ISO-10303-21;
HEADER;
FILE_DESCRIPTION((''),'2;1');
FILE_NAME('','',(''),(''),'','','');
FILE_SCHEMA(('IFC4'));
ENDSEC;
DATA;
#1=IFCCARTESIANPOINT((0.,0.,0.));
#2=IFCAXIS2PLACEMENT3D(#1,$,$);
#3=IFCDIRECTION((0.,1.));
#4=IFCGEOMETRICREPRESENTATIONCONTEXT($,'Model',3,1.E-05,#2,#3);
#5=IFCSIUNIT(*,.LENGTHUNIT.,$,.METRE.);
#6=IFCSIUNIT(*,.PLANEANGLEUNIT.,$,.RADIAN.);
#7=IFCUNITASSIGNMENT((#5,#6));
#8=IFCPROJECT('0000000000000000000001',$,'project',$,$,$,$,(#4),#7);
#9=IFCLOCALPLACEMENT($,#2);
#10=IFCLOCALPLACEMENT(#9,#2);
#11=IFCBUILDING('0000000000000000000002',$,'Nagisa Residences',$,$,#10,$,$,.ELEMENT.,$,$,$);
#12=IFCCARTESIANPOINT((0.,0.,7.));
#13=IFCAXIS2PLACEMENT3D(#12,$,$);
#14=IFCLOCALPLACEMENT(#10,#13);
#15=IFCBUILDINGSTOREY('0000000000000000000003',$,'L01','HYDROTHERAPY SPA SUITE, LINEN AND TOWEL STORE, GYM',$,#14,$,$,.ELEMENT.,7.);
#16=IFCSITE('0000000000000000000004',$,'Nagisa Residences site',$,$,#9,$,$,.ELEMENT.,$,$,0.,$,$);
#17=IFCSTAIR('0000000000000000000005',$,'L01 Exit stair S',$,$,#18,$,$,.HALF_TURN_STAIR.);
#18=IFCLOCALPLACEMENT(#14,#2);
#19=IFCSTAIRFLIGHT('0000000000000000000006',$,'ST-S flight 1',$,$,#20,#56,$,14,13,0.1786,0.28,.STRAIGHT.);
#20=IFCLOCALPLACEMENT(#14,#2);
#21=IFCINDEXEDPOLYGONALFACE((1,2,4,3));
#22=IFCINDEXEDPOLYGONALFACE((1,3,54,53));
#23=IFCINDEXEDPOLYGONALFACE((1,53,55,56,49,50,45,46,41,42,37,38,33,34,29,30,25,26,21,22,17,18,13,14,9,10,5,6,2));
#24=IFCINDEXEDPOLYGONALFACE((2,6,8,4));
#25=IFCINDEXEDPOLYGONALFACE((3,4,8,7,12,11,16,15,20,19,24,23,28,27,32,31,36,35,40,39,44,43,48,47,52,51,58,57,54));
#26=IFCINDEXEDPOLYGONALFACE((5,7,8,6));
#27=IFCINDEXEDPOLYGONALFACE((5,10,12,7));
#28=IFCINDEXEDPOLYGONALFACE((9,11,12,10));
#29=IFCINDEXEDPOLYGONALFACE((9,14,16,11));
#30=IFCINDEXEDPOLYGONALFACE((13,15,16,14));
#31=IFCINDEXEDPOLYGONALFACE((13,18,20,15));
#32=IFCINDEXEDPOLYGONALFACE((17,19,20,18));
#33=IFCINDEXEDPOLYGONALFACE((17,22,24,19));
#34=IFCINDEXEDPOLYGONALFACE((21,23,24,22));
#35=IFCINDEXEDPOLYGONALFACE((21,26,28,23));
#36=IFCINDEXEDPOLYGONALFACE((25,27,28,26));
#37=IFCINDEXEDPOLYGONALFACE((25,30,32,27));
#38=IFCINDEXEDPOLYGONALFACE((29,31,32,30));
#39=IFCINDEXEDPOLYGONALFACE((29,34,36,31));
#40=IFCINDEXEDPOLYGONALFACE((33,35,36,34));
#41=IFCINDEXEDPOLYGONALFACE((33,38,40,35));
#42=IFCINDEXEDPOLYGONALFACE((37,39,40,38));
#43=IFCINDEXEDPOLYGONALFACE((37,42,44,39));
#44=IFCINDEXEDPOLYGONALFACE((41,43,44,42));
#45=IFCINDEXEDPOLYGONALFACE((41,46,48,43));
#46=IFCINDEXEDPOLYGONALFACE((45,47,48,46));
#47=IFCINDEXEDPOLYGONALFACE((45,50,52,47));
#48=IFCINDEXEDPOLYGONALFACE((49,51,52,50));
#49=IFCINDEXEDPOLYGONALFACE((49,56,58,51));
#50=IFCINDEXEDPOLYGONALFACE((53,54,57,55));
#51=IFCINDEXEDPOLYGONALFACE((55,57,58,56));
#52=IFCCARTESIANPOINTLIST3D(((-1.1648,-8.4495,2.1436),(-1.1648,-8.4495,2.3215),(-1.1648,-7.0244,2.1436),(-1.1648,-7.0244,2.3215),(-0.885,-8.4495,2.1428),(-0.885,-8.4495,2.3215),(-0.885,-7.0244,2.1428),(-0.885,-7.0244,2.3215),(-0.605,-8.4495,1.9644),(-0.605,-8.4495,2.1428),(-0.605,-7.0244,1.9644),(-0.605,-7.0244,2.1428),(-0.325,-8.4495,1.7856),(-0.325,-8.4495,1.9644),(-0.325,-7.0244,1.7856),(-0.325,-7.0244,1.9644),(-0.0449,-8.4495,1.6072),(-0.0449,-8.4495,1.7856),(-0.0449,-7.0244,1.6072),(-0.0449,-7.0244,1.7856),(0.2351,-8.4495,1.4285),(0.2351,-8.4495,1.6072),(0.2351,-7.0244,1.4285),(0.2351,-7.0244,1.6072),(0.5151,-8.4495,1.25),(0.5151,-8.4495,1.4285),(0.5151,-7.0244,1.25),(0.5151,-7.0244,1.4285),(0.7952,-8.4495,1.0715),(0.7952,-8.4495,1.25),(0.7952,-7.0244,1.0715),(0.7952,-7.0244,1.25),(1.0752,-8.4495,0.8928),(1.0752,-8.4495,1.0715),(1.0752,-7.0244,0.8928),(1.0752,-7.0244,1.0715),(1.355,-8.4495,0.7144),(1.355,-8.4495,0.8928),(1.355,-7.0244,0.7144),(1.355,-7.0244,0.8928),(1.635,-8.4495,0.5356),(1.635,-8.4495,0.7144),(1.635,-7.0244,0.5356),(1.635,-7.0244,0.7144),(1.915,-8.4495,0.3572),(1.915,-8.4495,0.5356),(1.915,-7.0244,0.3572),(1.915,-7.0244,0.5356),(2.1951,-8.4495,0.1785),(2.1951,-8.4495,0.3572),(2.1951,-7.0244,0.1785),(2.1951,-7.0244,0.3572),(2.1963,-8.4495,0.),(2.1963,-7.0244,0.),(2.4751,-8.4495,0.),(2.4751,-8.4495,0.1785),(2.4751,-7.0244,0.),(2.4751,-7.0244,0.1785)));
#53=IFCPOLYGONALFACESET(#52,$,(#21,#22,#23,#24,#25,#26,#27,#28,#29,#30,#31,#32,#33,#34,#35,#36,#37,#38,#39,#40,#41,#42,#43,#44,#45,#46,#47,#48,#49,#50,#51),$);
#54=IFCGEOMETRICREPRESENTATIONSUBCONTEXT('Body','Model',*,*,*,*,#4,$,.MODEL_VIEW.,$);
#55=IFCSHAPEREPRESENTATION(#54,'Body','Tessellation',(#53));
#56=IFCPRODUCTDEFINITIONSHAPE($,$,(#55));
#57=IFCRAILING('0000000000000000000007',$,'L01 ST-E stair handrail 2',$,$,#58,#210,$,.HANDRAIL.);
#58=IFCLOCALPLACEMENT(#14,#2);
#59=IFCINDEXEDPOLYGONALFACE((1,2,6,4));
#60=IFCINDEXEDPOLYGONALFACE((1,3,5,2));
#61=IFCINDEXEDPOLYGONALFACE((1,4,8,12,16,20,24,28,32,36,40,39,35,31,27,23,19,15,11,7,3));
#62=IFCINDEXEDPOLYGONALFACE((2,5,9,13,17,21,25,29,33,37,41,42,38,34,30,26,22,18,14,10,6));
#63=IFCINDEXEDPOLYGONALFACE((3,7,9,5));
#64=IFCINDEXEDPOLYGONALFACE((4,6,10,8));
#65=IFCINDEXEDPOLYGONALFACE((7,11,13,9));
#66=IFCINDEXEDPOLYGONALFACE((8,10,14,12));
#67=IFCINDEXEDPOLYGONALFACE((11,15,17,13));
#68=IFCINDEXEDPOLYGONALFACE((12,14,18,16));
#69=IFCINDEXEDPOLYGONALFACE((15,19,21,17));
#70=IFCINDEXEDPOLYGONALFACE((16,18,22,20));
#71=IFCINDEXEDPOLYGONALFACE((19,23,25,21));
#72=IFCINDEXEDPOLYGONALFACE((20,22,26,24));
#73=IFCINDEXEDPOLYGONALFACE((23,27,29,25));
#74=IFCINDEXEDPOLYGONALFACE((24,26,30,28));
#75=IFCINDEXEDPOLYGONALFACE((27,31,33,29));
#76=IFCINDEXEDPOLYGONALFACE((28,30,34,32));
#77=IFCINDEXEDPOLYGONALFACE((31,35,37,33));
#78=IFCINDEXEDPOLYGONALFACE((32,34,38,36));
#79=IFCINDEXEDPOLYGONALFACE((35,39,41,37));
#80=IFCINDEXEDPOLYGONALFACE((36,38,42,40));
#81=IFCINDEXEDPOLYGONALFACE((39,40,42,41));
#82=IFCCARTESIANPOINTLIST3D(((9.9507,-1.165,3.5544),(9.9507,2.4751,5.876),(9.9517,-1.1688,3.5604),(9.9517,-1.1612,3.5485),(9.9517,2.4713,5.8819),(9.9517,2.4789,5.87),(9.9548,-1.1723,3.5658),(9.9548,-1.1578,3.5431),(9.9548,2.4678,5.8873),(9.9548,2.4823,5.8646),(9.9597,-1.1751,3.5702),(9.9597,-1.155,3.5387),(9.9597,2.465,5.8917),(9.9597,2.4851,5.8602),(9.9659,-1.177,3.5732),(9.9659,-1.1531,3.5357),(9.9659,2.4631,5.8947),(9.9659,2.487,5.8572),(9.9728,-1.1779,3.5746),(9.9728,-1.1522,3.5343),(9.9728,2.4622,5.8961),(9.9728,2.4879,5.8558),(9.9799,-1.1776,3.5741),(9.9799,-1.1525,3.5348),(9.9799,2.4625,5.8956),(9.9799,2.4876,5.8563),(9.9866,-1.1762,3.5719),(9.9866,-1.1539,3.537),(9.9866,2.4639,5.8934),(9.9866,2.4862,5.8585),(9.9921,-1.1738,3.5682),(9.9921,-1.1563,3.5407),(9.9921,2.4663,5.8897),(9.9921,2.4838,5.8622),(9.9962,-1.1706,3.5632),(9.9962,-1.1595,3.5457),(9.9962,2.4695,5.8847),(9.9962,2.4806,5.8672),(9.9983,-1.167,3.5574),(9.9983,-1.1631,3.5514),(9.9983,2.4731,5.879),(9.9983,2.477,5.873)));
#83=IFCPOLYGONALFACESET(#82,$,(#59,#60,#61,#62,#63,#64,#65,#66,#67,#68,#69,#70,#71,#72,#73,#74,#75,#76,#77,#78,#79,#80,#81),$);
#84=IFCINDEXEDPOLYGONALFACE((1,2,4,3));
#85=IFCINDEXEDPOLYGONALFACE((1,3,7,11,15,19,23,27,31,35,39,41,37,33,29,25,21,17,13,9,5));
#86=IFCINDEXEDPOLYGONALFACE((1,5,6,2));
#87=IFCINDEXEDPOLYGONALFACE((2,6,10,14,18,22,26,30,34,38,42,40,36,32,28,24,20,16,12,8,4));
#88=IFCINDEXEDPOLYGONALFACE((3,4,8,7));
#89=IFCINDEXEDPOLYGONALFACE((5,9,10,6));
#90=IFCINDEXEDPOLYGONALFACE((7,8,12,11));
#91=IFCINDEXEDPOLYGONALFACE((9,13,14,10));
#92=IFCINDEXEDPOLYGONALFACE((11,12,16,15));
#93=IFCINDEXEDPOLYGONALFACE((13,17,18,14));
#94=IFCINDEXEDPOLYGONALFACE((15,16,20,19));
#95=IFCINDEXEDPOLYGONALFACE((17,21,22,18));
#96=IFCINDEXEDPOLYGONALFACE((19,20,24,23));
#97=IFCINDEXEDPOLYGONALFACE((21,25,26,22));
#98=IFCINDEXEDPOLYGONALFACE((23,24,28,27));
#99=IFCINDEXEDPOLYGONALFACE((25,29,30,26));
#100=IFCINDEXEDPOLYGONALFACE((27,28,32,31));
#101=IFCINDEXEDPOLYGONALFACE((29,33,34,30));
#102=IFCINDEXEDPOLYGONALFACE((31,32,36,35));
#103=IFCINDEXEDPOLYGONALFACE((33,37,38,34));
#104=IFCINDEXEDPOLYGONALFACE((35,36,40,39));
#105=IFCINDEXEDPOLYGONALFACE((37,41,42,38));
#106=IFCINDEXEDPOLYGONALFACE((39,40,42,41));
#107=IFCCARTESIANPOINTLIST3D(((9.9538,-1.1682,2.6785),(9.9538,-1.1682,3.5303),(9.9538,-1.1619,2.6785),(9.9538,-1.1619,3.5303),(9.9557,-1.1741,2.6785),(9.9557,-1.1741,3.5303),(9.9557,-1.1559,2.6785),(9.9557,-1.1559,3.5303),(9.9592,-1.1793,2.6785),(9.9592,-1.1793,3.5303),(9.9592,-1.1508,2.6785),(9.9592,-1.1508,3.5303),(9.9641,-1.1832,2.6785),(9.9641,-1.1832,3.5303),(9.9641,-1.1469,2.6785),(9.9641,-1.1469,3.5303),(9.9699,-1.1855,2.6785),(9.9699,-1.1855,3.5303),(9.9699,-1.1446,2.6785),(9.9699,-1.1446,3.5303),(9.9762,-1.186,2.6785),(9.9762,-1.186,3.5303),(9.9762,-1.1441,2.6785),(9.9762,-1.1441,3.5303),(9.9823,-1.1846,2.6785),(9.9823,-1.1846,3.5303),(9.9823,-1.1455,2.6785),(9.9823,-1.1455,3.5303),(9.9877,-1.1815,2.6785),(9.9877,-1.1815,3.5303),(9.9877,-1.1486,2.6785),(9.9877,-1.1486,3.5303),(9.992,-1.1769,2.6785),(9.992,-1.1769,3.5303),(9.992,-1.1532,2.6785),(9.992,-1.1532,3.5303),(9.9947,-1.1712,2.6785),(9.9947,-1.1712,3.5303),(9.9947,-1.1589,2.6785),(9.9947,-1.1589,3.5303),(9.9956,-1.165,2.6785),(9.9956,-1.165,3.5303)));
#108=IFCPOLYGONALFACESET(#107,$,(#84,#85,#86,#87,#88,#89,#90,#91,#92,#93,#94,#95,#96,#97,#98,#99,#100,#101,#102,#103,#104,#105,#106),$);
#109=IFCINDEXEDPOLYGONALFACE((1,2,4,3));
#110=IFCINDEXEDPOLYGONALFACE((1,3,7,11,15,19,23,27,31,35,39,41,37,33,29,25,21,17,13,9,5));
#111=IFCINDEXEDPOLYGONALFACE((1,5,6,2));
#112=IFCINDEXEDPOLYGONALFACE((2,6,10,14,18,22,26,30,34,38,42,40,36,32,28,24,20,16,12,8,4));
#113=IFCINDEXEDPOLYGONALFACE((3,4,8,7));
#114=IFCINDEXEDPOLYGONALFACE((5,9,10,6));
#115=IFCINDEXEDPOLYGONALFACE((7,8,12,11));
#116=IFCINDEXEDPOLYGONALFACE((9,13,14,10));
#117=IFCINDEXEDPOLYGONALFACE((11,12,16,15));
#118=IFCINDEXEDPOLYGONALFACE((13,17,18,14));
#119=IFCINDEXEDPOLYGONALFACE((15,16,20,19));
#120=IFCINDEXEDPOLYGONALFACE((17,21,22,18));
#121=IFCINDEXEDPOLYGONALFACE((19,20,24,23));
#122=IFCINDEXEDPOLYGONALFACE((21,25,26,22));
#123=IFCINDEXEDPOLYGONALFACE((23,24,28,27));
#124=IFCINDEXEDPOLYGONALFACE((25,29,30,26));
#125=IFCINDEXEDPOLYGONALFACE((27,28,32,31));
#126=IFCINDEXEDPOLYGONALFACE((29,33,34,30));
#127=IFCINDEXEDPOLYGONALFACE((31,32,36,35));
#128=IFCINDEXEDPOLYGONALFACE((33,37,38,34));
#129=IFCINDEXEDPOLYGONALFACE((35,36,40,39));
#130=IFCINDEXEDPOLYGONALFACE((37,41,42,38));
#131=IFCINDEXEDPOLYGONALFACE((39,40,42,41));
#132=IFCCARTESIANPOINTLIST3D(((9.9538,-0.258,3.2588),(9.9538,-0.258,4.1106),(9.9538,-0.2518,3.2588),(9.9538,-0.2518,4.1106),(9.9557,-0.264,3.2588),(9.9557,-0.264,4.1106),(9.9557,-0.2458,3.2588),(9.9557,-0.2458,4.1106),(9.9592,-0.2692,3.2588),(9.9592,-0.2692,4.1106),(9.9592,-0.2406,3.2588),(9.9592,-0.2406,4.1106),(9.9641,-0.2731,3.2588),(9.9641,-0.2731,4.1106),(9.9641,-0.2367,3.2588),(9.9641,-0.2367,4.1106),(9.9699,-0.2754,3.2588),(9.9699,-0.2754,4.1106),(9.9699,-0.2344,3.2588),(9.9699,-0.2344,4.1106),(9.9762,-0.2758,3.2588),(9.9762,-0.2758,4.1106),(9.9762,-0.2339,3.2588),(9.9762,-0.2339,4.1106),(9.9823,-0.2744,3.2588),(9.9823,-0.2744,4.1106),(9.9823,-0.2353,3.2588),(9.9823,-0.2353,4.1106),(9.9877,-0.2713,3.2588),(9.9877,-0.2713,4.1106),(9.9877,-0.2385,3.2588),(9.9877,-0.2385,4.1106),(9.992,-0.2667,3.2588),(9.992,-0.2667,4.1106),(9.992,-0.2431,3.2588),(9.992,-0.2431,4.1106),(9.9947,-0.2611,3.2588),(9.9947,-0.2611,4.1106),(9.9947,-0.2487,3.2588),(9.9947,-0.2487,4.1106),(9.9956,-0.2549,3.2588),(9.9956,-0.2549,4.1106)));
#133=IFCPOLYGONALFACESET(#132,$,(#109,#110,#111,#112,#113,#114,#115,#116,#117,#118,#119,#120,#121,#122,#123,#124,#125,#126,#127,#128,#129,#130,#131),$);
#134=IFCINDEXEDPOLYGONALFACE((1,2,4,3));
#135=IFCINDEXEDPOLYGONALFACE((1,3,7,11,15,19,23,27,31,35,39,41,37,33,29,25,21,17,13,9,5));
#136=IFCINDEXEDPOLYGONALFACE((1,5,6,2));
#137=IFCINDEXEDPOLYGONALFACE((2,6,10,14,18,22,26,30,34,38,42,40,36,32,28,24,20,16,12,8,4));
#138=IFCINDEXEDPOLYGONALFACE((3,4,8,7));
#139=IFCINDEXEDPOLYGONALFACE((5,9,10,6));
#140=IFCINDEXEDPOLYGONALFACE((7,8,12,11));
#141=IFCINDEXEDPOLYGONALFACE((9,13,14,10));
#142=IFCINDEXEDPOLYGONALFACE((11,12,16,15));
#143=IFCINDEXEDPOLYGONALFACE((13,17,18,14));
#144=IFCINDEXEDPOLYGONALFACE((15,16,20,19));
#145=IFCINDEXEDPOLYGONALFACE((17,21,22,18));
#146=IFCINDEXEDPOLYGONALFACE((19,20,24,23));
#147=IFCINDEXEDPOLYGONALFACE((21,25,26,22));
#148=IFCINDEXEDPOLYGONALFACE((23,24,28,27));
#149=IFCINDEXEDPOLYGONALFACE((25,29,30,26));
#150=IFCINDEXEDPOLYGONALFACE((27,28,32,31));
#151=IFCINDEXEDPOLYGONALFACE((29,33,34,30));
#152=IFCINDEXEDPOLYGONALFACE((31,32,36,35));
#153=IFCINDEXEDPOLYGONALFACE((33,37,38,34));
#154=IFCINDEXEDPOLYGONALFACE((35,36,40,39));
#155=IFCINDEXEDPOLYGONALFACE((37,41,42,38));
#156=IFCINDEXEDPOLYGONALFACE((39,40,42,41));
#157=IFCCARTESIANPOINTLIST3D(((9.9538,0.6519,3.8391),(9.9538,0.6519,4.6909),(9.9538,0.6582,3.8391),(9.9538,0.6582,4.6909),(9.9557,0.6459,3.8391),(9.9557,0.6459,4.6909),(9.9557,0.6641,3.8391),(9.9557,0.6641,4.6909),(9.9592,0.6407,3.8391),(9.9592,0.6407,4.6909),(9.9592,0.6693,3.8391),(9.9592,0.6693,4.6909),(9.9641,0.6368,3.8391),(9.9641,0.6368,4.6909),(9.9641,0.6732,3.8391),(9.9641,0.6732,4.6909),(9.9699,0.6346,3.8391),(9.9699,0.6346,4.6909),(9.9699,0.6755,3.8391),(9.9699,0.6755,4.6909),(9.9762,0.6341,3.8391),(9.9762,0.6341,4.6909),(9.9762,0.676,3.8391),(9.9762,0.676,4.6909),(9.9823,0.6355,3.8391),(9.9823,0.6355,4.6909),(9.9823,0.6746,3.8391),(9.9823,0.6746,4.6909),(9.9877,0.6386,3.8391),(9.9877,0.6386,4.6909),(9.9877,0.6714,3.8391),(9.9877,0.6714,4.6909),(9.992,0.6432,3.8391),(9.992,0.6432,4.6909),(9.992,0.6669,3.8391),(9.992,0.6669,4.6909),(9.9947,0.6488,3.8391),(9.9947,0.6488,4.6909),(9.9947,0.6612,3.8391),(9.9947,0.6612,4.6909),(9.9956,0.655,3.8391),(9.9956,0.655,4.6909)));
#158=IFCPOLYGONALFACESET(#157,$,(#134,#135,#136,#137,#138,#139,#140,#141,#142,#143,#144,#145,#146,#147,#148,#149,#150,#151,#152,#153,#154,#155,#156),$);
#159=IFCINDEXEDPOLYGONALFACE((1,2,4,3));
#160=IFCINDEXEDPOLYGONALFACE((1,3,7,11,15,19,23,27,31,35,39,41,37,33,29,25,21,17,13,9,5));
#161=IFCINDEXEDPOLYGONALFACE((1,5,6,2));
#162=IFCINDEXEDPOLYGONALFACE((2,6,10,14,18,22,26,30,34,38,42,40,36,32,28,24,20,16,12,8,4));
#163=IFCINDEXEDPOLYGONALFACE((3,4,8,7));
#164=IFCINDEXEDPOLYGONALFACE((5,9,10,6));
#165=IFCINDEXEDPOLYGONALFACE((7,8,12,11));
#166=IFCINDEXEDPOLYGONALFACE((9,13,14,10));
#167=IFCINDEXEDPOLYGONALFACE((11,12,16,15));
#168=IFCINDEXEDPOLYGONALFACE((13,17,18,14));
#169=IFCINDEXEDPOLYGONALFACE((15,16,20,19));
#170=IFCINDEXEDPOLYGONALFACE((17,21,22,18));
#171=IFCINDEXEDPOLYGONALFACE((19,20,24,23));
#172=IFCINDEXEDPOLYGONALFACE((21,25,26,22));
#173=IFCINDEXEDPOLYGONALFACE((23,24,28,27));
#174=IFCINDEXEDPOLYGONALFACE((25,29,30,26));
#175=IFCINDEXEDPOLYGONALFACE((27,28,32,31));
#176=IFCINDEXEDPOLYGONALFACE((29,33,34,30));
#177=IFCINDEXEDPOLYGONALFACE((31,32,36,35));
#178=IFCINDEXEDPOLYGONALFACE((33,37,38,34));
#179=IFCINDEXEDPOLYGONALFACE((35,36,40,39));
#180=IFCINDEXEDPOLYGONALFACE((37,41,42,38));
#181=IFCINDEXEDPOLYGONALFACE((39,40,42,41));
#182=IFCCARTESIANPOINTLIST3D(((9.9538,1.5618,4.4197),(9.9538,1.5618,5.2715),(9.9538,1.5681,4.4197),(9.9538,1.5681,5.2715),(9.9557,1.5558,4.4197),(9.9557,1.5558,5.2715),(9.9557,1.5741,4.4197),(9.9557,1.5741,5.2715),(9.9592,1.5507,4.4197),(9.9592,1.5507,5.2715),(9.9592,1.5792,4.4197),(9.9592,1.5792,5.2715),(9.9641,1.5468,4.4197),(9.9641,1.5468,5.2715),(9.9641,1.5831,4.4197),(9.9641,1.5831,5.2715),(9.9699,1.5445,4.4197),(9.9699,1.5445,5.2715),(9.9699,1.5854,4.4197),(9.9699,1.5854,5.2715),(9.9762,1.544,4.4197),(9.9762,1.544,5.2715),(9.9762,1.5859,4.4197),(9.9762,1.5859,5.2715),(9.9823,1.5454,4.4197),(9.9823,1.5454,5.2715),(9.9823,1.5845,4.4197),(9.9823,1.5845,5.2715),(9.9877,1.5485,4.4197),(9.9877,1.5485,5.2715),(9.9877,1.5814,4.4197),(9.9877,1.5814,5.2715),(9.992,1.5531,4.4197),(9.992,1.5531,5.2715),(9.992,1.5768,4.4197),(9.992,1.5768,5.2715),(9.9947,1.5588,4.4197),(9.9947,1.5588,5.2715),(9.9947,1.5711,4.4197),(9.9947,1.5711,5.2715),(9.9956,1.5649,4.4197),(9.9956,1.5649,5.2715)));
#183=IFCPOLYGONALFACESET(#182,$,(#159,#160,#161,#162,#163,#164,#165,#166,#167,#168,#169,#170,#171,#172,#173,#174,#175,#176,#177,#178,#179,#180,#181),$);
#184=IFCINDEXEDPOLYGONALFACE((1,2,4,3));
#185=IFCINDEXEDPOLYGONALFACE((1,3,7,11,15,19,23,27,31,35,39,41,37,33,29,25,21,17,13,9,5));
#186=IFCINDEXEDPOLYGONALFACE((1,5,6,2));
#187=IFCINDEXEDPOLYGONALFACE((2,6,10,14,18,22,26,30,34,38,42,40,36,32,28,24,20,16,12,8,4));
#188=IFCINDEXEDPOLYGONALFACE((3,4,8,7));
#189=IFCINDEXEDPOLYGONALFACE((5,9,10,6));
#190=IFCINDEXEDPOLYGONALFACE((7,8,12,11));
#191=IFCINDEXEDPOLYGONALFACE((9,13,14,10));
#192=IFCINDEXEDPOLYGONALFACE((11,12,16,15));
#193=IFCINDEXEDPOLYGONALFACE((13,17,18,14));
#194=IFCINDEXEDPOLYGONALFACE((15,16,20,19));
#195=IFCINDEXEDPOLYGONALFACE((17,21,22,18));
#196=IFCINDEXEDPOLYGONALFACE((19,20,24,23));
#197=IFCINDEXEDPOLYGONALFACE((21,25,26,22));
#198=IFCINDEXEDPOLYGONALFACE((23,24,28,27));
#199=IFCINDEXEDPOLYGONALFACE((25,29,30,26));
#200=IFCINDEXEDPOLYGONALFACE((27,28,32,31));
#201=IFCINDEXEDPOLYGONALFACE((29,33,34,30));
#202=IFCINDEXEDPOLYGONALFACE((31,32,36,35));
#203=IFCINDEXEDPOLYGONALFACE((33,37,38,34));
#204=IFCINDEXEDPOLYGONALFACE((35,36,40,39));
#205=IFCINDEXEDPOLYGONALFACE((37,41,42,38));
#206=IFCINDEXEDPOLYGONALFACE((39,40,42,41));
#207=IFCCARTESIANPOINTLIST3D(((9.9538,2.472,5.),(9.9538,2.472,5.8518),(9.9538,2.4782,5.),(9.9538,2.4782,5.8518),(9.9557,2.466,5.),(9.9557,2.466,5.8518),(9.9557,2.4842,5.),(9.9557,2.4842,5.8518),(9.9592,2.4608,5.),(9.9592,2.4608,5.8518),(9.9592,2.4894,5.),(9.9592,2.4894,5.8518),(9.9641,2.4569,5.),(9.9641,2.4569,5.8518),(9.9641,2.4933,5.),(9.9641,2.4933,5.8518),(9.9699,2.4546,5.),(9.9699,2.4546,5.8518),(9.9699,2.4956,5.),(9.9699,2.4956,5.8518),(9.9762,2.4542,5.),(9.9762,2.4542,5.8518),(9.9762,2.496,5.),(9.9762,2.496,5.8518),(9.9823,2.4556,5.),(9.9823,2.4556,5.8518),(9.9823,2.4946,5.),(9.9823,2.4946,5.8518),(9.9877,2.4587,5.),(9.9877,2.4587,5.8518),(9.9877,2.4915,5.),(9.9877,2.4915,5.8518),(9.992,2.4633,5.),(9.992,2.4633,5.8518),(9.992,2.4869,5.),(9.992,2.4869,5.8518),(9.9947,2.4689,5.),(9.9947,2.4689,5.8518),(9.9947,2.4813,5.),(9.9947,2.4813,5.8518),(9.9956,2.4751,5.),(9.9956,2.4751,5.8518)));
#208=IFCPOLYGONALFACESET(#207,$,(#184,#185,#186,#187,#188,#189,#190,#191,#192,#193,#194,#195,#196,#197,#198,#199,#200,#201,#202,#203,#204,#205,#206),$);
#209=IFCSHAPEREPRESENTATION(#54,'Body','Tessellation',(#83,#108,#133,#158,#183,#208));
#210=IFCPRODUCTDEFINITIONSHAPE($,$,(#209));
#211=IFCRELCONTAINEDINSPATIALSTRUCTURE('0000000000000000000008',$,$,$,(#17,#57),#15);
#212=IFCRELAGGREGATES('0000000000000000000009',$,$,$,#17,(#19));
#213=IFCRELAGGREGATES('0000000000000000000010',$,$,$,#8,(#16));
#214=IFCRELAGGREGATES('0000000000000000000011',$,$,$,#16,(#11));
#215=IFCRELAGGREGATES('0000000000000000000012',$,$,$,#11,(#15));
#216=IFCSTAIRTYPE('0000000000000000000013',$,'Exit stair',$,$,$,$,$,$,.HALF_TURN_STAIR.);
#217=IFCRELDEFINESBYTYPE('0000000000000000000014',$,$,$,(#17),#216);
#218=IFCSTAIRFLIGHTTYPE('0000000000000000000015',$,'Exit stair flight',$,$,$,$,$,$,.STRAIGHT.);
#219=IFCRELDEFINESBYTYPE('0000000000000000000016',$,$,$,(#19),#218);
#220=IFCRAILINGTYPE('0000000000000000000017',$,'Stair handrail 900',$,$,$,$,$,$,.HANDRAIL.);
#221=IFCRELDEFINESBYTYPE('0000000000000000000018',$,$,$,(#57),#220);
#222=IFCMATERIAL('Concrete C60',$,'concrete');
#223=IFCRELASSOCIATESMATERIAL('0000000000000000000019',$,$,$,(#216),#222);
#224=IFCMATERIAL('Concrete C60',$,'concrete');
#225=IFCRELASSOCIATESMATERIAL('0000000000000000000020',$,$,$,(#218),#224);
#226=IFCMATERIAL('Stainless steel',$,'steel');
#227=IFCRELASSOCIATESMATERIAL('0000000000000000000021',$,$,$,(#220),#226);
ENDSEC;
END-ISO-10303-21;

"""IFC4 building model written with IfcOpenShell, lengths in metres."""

from ifc_helpers import new_model, si_unit, direction, frame, origin, origin_2d, place, context, subcontext, project, spatial, polyline, circle, outline, extrude, material, type_object, element, aggregate, save


model = new_model("IFC4")

# Units and contexts
model_context = context("Model", 3, precision=1e-05, world=origin(), true_north=direction((0.0, 1.0)))
body_context = subcontext(model_context, "Body", "Model", "MODEL_VIEW")
ifc_project = project(units=[si_unit("LENGTHUNIT", "METRE"), si_unit("PLANEANGLEUNIT", "RADIAN")], contexts=[model_context])

# Site, building, storey
site_placement = place(None, origin())
site = spatial("IfcSite", under=ifc_project, at=site_placement, Name="Nagisa Residences site", CompositionType="ELEMENT", RefElevation=0.0)
building_placement = place(site_placement, origin())
building = spatial("IfcBuilding", under=site, at=building_placement, Name="Nagisa Residences", CompositionType="ELEMENT")
storey_placement = place(building_placement, frame((0.0, 0.0, 7.0)))
storey = spatial("IfcBuildingStorey", under=building, at=storey_placement, Name="L01", Description="HYDROTHERAPY SPA SUITE, LINEN AND TOWEL STORE, GYM", CompositionType="ELEMENT", Elevation=7.0)

# Stair, stair flight
ifc_material_1 = material(Name="Concrete C60", Category="concrete")
stair_type = type_object("IfcStairType", Name="Exit stair", PredefinedType="HALF_TURN_STAIR", material=ifc_material_1)
ifc_material_2 = material(Name="Concrete C60", Category="concrete")
stair_flight_type = type_object("IfcStairFlightType", Name="Exit stair flight", PredefinedType="STRAIGHT", material=ifc_material_2)
stair_1_placement = place(storey_placement, origin())
stair_1 = element("IfcStair", 1, at=stair_1_placement, inside=storey, type_object=stair_type, Name="L01 Exit stair S", PredefinedType="HALF_TURN_STAIR")
stair_flight_1_placement = place(storey_placement, frame((2.4751, -7.7371, 0.0), z_axis=(0.0, 0.0, 1.0), x_axis=(-1.0, 0.0, 0.0)))
stair_flight_1 = element("IfcStairFlight", 2, at=stair_flight_1_placement, type_object=stair_flight_type, Name="ST-S flight 1", NumberOfRisers=14, NumberOfTreads=13, PredefinedType="STRAIGHT", RiserHeight=0.1786, TreadLength=0.28, context=body_context, shape_type="SweptSolid", body=[
    extrude(outline(polyline([(0.0, 0.0), (0.0, 0.1785), (0.28, 0.1785), (0.28, 0.3572), (0.5601, 0.3572), (0.5601, 0.5356), (0.8401, 0.5356), (0.8401, 0.7144), (1.1201, 0.7144), (1.1201, 0.8928), (1.3999, 0.8928), (1.3999, 1.0715), (1.6799, 1.0715), (1.6799, 1.25), (1.96, 1.25), (1.96, 1.4285), (2.24, 1.4285), (2.24, 1.6072), (2.52, 1.6072), (2.52, 1.7856), (2.8, 1.7856), (2.8, 1.9644), (3.0801, 1.9644), (3.0801, 2.1428), (3.3601, 2.1428), (3.3601, 2.3215), (3.6399, 2.3215), (3.6399, 2.5), (3.6399, 2.1436), (0.2788, 0.0), (0.0, 0.0)])), frame((0.0, 0.7124, 0.0), z_axis=(0.0, -1.0, 0.0), x_axis=(1.0, 0.0, 0.0)), (0.0, 0.0, 1.0), 1.425),
])
aggregate(stair_1, [stair_flight_1])

# Railing
ifc_material_3 = material(Name="Stainless steel", Category="steel")
railing_type_1 = type_object("IfcRailingType", Name="Stair handrail 900", PredefinedType="HANDRAIL", material=ifc_material_3)
railing_1_placement = place(storey_placement, frame((9.9746, -1.165, 2.6785)))
element("IfcRailing", 3, at=railing_1_placement, inside=storey, type_object=railing_type_1, Name="L01 ST-E stair handrail 2", PredefinedType="HANDRAIL", context=body_context, shape_type="SweptSolid", body=[
    extrude(circle(Radius=0.0239, at=origin_2d()), frame((0.0, 0.0, 0.876), z_axis=(0.0, 0.843128, 0.537713), x_axis=(-1.0, 0.0, 0.0)), (0.0, 0.0, 1.0), 4.3174),
    extrude(circle(Radius=0.021, at=origin_2d()), origin(), (0.0, 0.0, 1.0), 0.8518),
    extrude(circle(Radius=0.021, at=origin_2d()), frame((0.0, 0.9102, 0.5803)), (0.0, 0.0, 1.0), 0.8518),
    extrude(circle(Radius=0.021, at=origin_2d()), frame((0.0, 1.8201, 1.1606)), (0.0, 0.0, 1.0), 0.8518),
    extrude(circle(Radius=0.021, at=origin_2d()), frame((0.0, 2.73, 1.7412)), (0.0, 0.0, 1.0), 0.8518),
    extrude(circle(Radius=0.021, at=origin_2d()), frame((0.0, 3.6401, 2.3215)), (0.0, 0.0, 1.0), 0.8518),
])

save(model, "model.ifc")
